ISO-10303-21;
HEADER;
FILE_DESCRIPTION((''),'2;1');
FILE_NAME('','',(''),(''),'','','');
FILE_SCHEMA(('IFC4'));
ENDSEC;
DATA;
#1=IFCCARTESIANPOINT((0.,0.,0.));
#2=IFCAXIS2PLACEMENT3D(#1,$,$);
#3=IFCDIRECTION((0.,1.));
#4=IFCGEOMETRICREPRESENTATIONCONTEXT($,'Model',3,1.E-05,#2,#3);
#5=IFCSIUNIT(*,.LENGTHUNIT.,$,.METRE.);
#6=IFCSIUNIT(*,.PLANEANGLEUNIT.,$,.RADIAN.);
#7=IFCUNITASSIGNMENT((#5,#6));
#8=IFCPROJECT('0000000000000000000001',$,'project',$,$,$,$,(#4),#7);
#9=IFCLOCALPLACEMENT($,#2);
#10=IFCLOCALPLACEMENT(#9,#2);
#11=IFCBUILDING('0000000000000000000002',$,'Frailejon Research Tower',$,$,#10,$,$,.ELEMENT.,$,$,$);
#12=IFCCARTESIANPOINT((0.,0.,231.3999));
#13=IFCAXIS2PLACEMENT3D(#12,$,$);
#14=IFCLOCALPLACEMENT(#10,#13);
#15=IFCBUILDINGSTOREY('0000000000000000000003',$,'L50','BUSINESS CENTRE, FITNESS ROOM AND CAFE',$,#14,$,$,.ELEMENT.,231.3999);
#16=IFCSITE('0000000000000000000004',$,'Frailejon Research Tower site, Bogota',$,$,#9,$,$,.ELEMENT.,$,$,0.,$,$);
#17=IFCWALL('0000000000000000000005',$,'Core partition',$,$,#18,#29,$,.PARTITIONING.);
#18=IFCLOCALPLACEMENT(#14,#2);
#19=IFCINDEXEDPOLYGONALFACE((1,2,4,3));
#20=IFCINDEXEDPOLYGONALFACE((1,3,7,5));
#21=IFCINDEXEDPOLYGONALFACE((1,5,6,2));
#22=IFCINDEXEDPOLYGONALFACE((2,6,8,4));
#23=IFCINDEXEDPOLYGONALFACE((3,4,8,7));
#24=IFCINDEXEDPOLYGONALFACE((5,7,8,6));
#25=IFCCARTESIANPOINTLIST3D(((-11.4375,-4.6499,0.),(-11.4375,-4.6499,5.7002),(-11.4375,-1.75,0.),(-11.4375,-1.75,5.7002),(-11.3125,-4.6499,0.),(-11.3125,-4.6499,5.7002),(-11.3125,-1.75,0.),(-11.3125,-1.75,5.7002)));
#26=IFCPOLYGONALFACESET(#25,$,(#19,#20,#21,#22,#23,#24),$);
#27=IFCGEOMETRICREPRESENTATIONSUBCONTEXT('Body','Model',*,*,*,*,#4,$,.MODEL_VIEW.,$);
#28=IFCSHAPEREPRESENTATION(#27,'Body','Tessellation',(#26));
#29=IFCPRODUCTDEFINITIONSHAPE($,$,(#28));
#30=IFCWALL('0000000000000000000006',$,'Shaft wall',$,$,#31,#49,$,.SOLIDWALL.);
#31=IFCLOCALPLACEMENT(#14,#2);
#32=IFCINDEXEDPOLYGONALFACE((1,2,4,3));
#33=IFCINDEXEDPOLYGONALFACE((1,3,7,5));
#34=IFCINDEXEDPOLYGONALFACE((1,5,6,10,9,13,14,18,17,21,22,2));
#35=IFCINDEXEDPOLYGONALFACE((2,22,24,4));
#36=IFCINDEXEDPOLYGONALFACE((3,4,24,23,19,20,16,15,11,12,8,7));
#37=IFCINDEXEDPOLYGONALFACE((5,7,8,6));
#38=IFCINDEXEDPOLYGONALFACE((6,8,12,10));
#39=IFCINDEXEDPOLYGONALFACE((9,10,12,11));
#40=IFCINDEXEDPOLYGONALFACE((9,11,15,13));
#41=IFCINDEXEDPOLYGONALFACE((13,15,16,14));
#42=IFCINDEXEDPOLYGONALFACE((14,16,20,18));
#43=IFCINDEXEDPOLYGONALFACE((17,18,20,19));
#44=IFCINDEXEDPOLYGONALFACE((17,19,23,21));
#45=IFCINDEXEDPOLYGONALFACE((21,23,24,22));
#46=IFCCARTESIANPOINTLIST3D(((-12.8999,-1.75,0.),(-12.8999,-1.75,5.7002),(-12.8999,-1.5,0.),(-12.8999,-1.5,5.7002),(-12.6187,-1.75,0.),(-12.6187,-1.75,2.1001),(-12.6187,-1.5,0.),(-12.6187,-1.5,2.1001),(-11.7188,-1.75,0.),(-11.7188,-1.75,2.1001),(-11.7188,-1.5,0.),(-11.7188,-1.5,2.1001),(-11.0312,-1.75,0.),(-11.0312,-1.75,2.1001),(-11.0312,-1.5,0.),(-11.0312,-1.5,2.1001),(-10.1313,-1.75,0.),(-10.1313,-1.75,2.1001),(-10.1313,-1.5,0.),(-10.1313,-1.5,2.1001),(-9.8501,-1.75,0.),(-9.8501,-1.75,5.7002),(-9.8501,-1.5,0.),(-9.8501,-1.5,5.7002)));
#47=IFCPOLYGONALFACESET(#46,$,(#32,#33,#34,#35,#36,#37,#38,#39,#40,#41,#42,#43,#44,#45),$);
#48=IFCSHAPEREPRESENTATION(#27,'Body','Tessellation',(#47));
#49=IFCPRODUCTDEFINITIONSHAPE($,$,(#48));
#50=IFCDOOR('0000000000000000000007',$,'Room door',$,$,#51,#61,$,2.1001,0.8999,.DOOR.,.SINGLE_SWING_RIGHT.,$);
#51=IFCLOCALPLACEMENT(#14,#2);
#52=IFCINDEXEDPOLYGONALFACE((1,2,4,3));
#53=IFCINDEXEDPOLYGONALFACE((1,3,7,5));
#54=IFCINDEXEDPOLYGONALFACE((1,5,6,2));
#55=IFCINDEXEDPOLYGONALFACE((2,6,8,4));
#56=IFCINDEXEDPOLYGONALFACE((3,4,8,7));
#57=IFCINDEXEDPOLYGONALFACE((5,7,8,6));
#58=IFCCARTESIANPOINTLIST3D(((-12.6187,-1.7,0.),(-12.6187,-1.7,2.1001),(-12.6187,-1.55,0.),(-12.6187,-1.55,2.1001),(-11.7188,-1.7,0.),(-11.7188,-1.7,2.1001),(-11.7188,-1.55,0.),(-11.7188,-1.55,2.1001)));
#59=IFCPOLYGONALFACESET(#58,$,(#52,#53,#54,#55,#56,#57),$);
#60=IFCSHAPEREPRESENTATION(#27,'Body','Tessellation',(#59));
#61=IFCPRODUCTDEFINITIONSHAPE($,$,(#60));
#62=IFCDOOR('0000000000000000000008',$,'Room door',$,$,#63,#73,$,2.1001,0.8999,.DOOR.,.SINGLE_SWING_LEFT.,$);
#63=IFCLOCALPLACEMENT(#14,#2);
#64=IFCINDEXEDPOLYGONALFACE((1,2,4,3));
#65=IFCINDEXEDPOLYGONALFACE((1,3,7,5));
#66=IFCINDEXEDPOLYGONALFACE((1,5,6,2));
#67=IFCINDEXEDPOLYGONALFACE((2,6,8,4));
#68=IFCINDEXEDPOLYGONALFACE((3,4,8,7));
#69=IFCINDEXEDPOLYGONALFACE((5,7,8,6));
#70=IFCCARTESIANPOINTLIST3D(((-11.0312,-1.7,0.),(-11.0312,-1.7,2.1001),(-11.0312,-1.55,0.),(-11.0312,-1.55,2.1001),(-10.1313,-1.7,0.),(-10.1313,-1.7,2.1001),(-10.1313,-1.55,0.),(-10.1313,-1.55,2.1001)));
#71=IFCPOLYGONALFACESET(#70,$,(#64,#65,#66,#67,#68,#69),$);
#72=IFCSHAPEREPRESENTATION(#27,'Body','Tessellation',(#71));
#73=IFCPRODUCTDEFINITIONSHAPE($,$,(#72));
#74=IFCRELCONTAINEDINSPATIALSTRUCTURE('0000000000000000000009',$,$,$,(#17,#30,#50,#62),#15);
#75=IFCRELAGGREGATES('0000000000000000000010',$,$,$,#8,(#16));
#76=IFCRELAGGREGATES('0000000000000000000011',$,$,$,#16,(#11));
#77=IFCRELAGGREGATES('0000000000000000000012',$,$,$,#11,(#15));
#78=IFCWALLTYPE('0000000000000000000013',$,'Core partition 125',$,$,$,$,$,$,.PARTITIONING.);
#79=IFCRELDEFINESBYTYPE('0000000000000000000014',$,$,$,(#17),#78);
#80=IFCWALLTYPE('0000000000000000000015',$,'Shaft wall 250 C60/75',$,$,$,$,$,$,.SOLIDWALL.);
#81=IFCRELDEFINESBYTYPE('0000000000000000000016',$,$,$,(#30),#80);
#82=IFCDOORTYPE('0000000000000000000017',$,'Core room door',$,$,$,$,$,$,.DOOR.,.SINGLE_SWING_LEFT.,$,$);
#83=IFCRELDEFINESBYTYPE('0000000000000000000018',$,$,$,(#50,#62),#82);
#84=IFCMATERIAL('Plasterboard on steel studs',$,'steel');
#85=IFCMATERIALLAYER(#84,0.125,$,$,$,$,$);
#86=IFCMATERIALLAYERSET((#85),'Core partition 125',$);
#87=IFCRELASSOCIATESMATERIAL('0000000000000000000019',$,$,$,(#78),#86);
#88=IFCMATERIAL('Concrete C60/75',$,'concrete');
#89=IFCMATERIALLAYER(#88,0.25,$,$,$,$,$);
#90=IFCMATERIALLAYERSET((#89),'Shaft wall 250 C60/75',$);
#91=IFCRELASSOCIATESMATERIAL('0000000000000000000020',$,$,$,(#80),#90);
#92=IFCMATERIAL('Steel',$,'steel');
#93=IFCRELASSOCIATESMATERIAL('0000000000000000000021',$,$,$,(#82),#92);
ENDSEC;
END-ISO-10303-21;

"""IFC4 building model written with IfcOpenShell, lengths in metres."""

from ifc_helpers import new_model, si_unit, direction, frame, frame_2d, origin, place, context, subcontext, project, spatial, rectangle, extrude, material, layer, layer_set, type_object, element, fill, save


model = new_model("IFC4")

# Units and contexts
model_context = context("Model", 3, precision=1e-05, world=origin(), true_north=direction((0.0, 1.0)))
body_context = subcontext(model_context, "Body", "Model", "MODEL_VIEW")
ifc_project = project(units=[si_unit("LENGTHUNIT", "METRE"), si_unit("PLANEANGLEUNIT", "RADIAN")], contexts=[model_context])

# Site, building, storey
site_placement = place(None, origin())
site = spatial("IfcSite", under=ifc_project, at=site_placement, Name="Frailejon Research Tower site, Bogota", CompositionType="ELEMENT", RefElevation=0.0)
building_placement = place(site_placement, origin())
building = spatial("IfcBuilding", under=site, at=building_placement, Name="Frailejon Research Tower", CompositionType="ELEMENT")
storey_placement = place(building_placement, frame((0.0, 0.0, 231.3999)))
storey = spatial("IfcBuildingStorey", under=building, at=storey_placement, Name="L50", Description="BUSINESS CENTRE, FITNESS ROOM AND CAFE", CompositionType="ELEMENT", Elevation=231.3999)

# Wall
ifc_material_1 = material(Name="Plasterboard on steel studs", Category="steel")
ifc_layer_1 = layer(ifc_material_1, 0.125)
ifc_layer_set_1 = layer_set([ifc_layer_1], Name="Core partition 125")
wall_type_1 = type_object("IfcWallType", Name="Core partition 125", PredefinedType="PARTITIONING", material=ifc_layer_set_1)
wall_1_placement = place(storey_placement, frame((-11.375, -4.6499, 0.0), z_axis=(0.0, 0.0, 1.0), x_axis=(0.0, 1.0, 0.0)))
element("IfcWall", 1, at=wall_1_placement, inside=storey, type_object=wall_type_1, Name="Core partition", PredefinedType="PARTITIONING", context=body_context, shape_type="SweptSolid", body=[
    extrude(rectangle(XDim=2.8999, YDim=0.125, at=frame_2d((1.45, 0.0))), origin(), (0.0, 0.0, 1.0), 5.7002),
])

# Wall, openings, doors
ifc_material_2 = material(Name="Concrete C60/75", Category="concrete")
ifc_layer_2 = layer(ifc_material_2, 0.25)
ifc_layer_set_2 = layer_set([ifc_layer_2], Name="Shaft wall 250 C60/75")
wall_type_2 = type_object("IfcWallType", Name="Shaft wall 250 C60/75", PredefinedType="SOLIDWALL", material=ifc_layer_set_2)
wall_2_placement = place(storey_placement, frame((-12.8999, -1.625, 0.0), z_axis=(0.0, 0.0, 1.0), x_axis=(1.0, 0.0, 0.0)))
wall_2 = element("IfcWall", 2, at=wall_2_placement, inside=storey, type_object=wall_type_2, Name="Shaft wall", PredefinedType="SOLIDWALL", context=body_context, shape_type="SweptSolid", body=[
    extrude(rectangle(XDim=3.0498, YDim=0.25, at=frame_2d((1.5249, 0.0))), origin(), (0.0, 0.0, 1.0), 5.7002),
])
opening_1_placement = place(wall_2_placement, frame((0.2812, 0.0, 0.0)))
opening_1 = element("IfcOpeningElement", 3, at=opening_1_placement, cuts=wall_2, PredefinedType="OPENING", context=body_context, shape_type="SweptSolid", body=[
    extrude(rectangle(XDim=0.8999, YDim=2.1001, at=frame_2d((0.45, 1.05))), frame((0.0, 0.135, 0.0), z_axis=(0.0, -1.0, 0.0), x_axis=(1.0, 0.0, 0.0)), (0.0, 0.0, 1.0), 0.27),
])
opening_2_placement = place(wall_2_placement, frame((1.8687, 0.0, 0.0)))
opening_2 = element("IfcOpeningElement", 4, at=opening_2_placement, cuts=wall_2, PredefinedType="OPENING", context=body_context, shape_type="SweptSolid", body=[
    extrude(rectangle(XDim=0.8999, YDim=2.1001, at=frame_2d((0.45, 1.05))), frame((0.0, 0.135, 0.0), z_axis=(0.0, -1.0, 0.0), x_axis=(1.0, 0.0, 0.0)), (0.0, 0.0, 1.0), 0.27),
])
ifc_material_3 = material(Name="Steel", Category="steel")
door_type_1 = type_object("IfcDoorType", Name="Core room door", OperationType="SINGLE_SWING_LEFT", PredefinedType="DOOR", material=ifc_material_3)
door_1_placement = place(opening_1_placement, origin())
door_1 = element("IfcDoor", 5, at=door_1_placement, inside=storey, type_object=door_type_1, Name="Room door", OperationType="SINGLE_SWING_RIGHT", OverallHeight=2.1001, OverallWidth=0.8999, PredefinedType="DOOR", context=body_context, shape_type="SweptSolid", body=[
    extrude(rectangle(XDim=0.8999, YDim=2.1001, at=frame_2d((0.45, 1.05))), frame((0.0, 0.075, 0.0), z_axis=(0.0, -1.0, 0.0), x_axis=(1.0, 0.0, 0.0)), (0.0, 0.0, 1.0), 0.1499),
])
fill(opening_1, door_1)
door_2_placement = place(opening_2_placement, origin())
door_2 = element("IfcDoor", 6, at=door_2_placement, inside=storey, type_object=door_type_1, Name="Room door", OperationType="SINGLE_SWING_LEFT", OverallHeight=2.1001, OverallWidth=0.8999, PredefinedType="DOOR", context=body_context, shape_type="SweptSolid", body=[
    extrude(rectangle(XDim=0.8999, YDim=2.1001, at=frame_2d((0.45, 1.05))), frame((0.0, 0.075, 0.0), z_axis=(0.0, -1.0, 0.0), x_axis=(1.0, 0.0, 0.0)), (0.0, 0.0, 1.0), 0.1499),
])
fill(opening_2, door_2)

save(model, "model.ifc")
